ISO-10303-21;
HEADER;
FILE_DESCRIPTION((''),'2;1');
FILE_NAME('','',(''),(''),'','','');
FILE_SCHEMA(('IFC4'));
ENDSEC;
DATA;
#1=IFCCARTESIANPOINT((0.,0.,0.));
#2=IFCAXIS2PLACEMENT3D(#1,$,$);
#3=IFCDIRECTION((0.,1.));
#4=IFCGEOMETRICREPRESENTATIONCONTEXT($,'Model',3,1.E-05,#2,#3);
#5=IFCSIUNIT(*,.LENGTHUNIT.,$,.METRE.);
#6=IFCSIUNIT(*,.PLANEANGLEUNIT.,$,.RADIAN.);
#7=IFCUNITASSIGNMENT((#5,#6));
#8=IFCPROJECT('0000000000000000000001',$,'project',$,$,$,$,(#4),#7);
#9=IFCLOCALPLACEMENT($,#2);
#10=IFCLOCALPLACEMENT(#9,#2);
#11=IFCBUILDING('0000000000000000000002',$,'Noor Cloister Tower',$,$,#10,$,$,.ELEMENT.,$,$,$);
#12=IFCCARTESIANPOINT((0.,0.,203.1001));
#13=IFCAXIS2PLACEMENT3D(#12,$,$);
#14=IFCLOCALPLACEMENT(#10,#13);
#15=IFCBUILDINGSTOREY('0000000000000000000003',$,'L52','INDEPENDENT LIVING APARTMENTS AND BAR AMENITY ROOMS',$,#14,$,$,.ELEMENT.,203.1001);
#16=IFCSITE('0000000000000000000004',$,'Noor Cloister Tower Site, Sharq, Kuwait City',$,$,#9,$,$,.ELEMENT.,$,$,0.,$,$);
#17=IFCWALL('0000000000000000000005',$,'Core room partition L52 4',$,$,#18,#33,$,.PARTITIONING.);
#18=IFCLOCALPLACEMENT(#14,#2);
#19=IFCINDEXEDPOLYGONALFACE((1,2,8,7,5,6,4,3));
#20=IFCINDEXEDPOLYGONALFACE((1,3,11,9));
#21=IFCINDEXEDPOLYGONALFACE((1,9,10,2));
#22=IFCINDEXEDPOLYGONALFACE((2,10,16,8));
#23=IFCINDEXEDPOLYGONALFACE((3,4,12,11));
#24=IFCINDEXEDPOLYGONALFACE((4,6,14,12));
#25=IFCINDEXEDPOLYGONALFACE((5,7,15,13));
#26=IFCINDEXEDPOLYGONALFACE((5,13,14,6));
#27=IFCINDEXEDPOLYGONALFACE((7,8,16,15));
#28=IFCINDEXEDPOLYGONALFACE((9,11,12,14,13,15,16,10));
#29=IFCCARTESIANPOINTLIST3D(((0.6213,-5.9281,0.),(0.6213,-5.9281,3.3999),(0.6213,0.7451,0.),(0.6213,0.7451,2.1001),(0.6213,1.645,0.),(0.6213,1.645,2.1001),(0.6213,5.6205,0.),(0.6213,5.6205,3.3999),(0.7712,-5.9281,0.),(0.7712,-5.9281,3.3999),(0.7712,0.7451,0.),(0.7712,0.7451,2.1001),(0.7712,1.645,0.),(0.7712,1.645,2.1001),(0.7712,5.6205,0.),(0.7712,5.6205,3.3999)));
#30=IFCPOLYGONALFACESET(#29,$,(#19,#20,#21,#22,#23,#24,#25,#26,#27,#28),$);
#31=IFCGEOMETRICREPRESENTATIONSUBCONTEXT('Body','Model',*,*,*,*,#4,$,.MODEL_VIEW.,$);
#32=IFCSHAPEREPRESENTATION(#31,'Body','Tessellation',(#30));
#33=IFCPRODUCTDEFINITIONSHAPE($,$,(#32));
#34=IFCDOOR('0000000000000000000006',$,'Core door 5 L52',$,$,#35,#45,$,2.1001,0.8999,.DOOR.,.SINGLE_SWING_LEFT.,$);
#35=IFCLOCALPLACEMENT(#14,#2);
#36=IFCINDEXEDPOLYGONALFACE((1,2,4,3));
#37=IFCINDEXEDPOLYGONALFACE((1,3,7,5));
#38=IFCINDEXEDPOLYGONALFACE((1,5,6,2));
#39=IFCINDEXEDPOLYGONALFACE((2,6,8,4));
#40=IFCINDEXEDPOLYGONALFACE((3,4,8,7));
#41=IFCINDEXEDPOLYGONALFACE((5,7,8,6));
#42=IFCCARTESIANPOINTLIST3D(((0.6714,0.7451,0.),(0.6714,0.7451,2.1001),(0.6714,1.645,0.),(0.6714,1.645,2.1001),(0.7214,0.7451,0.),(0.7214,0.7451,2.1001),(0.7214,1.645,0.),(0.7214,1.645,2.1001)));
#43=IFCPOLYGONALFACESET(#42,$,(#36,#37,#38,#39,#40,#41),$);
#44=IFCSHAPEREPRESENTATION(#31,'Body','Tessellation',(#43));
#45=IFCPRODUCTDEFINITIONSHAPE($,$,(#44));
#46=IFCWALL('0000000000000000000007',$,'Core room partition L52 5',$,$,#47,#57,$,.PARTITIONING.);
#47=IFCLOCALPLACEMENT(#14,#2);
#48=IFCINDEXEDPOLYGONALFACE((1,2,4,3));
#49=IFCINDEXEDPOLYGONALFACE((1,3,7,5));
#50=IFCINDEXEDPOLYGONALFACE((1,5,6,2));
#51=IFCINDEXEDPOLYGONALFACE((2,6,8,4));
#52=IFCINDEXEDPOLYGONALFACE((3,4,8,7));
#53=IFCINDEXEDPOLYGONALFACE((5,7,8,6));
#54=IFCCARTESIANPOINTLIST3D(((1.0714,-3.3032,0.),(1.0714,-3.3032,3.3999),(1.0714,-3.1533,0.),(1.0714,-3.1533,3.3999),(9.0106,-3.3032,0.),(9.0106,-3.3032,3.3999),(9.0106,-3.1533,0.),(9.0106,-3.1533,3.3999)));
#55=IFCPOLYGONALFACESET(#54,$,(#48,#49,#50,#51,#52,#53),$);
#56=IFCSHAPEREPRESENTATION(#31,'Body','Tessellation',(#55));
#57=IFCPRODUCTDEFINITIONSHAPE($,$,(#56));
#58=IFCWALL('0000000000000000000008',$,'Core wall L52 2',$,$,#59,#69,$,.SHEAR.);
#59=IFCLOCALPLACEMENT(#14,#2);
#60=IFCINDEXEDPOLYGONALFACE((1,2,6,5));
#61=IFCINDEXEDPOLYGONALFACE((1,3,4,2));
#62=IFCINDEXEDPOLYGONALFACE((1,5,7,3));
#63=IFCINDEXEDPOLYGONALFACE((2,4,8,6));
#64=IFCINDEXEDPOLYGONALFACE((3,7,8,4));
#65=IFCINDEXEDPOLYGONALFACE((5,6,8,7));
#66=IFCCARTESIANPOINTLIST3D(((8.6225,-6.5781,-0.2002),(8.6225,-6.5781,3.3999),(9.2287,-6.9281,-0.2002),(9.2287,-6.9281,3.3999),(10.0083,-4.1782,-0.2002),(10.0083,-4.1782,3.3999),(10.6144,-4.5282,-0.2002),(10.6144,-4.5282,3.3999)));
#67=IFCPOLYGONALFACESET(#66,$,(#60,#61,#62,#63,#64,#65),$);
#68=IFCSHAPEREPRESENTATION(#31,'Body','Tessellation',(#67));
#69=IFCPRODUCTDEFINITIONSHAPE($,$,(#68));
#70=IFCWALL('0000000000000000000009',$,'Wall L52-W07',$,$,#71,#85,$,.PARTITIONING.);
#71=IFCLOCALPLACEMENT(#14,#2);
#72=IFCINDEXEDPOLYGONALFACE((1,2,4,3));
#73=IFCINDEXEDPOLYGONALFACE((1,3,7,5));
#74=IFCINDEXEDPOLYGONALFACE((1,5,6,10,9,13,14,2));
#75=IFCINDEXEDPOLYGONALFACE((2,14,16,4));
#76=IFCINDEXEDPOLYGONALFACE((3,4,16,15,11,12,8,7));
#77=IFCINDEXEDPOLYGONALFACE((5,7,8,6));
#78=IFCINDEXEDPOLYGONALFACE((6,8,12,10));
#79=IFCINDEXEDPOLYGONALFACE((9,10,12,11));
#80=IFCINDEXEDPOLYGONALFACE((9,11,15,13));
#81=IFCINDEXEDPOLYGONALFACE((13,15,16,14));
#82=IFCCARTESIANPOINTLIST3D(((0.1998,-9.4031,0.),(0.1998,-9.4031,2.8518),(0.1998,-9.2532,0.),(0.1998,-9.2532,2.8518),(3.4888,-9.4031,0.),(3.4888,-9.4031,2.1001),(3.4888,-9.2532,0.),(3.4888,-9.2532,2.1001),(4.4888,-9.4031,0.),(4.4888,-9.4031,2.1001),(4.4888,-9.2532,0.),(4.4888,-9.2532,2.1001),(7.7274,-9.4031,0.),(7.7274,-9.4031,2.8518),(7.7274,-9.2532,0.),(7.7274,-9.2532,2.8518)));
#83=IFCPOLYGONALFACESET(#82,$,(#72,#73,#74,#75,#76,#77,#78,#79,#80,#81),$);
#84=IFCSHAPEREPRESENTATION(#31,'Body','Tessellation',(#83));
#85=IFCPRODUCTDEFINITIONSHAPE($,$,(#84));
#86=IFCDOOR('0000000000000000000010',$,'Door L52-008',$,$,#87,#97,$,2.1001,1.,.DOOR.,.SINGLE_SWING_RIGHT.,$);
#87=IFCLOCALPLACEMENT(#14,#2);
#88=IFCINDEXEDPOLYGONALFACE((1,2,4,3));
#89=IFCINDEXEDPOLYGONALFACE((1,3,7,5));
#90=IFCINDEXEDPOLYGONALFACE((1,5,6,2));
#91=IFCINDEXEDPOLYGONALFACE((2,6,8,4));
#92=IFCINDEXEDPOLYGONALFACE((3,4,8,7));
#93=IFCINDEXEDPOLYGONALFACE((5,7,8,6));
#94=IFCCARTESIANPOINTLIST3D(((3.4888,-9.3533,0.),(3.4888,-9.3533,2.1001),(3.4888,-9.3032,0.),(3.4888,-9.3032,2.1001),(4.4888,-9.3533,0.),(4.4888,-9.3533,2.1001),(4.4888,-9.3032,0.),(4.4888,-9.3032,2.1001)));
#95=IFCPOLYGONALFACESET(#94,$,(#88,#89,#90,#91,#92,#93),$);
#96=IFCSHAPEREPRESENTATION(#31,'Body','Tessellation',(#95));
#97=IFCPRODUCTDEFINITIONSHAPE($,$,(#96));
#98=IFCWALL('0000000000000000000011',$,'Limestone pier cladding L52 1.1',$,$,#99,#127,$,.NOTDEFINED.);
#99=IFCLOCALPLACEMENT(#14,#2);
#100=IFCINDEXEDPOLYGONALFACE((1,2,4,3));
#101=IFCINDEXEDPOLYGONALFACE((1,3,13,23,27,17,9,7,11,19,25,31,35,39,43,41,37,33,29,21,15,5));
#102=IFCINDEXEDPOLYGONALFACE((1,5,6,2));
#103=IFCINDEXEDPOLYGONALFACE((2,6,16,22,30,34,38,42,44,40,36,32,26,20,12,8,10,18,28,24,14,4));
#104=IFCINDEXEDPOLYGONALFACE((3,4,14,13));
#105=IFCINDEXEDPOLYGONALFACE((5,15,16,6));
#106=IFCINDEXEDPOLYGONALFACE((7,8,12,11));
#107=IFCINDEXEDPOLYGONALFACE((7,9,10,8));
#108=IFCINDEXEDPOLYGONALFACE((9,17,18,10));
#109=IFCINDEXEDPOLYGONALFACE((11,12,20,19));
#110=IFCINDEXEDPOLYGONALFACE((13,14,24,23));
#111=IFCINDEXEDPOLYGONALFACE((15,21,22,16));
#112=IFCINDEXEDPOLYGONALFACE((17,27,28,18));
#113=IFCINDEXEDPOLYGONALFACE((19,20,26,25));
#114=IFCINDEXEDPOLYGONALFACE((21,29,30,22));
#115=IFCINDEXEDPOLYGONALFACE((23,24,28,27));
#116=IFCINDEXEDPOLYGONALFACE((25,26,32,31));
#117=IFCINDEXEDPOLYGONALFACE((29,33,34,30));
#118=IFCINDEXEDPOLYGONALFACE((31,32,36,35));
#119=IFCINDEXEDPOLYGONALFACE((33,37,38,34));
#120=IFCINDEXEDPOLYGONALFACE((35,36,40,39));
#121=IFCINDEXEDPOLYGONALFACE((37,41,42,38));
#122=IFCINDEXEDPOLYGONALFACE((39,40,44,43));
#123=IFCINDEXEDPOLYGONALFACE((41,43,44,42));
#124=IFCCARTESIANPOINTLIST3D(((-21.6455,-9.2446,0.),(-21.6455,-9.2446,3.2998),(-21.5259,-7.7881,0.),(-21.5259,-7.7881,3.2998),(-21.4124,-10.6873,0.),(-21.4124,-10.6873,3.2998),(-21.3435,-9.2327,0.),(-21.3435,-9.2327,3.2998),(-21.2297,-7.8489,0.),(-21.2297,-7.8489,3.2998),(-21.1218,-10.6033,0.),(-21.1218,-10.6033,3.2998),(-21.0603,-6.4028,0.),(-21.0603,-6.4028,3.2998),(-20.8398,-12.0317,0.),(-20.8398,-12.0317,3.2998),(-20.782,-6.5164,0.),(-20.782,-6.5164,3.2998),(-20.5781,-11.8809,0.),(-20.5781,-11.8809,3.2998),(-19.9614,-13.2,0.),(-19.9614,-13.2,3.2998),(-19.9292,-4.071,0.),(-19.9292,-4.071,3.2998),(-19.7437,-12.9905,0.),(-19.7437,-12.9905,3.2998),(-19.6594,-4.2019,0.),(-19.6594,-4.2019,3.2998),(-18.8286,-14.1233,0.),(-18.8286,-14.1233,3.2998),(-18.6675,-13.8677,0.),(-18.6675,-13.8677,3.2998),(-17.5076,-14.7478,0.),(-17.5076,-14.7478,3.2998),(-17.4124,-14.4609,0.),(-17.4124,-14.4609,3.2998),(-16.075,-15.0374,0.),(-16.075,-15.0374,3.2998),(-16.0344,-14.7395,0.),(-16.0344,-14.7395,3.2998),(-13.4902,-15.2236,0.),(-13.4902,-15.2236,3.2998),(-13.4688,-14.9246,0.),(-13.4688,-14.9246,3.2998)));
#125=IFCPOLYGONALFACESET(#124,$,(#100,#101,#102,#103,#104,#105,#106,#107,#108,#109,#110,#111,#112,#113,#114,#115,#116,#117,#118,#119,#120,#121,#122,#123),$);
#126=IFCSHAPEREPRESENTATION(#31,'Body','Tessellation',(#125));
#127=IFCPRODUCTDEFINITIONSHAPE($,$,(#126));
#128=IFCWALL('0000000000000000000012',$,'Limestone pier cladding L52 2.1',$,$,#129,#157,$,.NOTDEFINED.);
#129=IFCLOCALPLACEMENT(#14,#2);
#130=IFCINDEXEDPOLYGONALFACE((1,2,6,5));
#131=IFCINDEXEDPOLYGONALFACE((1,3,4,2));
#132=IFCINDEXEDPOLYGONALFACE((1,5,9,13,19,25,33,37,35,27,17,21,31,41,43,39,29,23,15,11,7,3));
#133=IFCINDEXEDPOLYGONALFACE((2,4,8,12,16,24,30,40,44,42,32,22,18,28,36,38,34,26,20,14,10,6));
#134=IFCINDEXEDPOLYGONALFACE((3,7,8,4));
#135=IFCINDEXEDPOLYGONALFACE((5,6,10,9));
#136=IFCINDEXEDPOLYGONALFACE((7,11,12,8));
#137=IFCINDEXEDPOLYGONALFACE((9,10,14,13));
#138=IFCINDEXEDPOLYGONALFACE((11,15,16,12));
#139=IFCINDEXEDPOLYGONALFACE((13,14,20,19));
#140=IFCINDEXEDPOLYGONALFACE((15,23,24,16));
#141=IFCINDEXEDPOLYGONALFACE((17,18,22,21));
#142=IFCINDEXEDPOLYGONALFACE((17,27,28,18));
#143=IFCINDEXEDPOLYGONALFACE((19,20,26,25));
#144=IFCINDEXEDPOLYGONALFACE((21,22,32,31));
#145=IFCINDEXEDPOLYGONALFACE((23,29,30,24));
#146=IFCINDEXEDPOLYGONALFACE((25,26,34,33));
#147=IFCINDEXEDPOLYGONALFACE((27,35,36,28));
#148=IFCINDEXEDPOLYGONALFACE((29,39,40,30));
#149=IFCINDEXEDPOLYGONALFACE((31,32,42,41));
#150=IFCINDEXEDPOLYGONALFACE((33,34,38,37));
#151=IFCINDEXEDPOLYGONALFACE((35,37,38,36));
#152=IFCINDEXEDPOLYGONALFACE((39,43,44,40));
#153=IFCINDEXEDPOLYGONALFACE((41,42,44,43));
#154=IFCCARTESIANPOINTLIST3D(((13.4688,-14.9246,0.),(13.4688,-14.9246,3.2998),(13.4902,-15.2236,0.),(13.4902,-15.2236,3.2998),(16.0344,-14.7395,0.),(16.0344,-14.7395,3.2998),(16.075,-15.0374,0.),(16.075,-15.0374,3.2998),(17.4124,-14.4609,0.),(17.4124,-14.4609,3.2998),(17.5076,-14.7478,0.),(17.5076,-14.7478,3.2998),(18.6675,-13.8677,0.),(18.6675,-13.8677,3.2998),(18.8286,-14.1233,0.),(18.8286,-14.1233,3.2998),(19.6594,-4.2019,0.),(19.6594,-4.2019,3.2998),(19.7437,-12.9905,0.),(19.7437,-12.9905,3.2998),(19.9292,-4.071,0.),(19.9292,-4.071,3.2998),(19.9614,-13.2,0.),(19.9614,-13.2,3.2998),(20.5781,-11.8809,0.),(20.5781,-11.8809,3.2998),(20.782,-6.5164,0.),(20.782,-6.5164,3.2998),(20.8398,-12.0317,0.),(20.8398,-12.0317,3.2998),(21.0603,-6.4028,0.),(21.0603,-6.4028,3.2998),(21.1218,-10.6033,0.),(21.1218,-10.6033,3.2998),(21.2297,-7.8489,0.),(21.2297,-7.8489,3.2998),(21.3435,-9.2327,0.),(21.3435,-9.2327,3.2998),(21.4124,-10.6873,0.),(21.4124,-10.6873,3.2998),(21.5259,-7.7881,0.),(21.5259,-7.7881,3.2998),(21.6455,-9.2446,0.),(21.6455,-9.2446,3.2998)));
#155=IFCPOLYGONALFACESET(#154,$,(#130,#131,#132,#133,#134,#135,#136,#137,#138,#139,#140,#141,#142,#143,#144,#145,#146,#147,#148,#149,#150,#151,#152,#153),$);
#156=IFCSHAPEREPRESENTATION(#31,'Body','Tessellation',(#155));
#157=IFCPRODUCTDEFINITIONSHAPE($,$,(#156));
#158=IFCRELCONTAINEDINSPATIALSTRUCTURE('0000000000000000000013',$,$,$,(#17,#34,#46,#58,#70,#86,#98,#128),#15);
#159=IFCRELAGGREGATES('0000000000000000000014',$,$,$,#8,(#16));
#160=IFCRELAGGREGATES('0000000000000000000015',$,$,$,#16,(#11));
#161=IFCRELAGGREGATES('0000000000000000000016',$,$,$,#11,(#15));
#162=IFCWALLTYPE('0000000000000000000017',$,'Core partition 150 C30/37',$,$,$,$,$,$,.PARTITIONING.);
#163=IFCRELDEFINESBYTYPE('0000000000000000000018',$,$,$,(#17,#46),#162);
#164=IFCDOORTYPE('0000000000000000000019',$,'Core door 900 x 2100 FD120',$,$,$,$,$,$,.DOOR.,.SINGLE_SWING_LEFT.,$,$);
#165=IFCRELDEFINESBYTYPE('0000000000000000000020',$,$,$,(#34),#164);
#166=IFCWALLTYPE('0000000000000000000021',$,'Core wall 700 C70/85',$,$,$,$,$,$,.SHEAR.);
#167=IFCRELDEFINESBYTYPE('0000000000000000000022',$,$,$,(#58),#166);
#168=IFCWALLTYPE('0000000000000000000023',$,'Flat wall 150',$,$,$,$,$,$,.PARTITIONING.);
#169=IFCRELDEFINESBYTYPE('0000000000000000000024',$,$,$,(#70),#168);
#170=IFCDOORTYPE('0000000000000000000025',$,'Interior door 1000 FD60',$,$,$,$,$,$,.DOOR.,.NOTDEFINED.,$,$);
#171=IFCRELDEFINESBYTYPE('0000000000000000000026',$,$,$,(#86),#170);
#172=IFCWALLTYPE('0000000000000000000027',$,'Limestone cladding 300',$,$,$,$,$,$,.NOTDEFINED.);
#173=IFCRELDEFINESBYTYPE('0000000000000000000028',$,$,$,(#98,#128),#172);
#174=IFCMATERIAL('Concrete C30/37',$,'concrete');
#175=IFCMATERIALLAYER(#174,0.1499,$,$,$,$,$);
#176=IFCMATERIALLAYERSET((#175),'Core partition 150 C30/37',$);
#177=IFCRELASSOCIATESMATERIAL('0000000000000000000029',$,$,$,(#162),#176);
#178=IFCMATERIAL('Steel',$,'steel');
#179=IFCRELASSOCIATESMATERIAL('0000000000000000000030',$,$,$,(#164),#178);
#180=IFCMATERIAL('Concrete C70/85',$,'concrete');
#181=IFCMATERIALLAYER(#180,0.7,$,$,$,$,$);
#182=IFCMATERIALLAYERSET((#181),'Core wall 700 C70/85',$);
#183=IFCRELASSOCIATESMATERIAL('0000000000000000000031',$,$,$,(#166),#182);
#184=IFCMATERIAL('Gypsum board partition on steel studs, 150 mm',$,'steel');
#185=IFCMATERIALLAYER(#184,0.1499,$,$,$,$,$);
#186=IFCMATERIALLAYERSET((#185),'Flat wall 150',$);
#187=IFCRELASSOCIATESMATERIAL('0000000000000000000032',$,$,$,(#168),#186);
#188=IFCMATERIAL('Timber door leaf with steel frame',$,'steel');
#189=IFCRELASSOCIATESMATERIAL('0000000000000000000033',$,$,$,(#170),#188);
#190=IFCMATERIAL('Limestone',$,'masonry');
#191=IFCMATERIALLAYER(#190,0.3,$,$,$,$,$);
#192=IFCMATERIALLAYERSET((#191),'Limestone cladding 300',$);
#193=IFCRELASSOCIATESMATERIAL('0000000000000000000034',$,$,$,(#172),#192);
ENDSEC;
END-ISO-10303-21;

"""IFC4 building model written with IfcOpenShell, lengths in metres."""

from ifc_helpers import new_model, si_unit, direction, frame, frame_2d, origin, place, context, subcontext, project, spatial, polyline, rectangle, outline, extrude, material, layer, layer_set, type_object, element, fill, save


model = new_model("IFC4")

# Units and contexts
model_context = context("Model", 3, precision=1e-05, world=origin(), true_north=direction((0.0, 1.0)))
body_context = subcontext(model_context, "Body", "Model", "MODEL_VIEW")
ifc_project = project(units=[si_unit("LENGTHUNIT", "METRE"), si_unit("PLANEANGLEUNIT", "RADIAN")], contexts=[model_context])

# Site, building, storey
site_placement = place(None, origin())
site = spatial("IfcSite", under=ifc_project, at=site_placement, Name="Noor Cloister Tower Site, Sharq, Kuwait City", CompositionType="ELEMENT", RefElevation=0.0)
building_placement = place(site_placement, origin())
building = spatial("IfcBuilding", under=site, at=building_placement, Name="Noor Cloister Tower", CompositionType="ELEMENT")
storey_placement = place(building_placement, frame((0.0, 0.0, 203.1001)))
storey = spatial("IfcBuildingStorey", under=building, at=storey_placement, Name="L52", Description="INDEPENDENT LIVING APARTMENTS AND BAR AMENITY ROOMS", CompositionType="ELEMENT", Elevation=203.1001)

# Wall, opening, door
ifc_material_1 = material(Name="Concrete C30/37", Category="concrete")
ifc_layer_1 = layer(ifc_material_1, 0.1499)
ifc_layer_set_1 = layer_set([ifc_layer_1], Name="Core partition 150 C30/37")
wall_type_1 = type_object("IfcWallType", Name="Core partition 150 C30/37", PredefinedType="PARTITIONING", material=ifc_layer_set_1)
wall_1_placement = place(storey_placement, frame((0.6963, -5.9282, 0.0), z_axis=(0.0, 0.0, 1.0), x_axis=(0.0, 1.0, 0.0)))
wall_1 = element("IfcWall", 1, at=wall_1_placement, inside=storey, type_object=wall_type_1, Name="Core room partition L52 4", PredefinedType="PARTITIONING", context=body_context, shape_type="SweptSolid", body=[
    extrude(rectangle(XDim=11.5486, YDim=0.1499, at=frame_2d((5.7744, 0.0))), origin(), (0.0, 0.0, 1.0), 3.3999),
])
opening_1_placement = place(wall_1_placement, frame((6.6733, 0.0, 0.0)))
opening_1 = element("IfcOpeningElement", 2, at=opening_1_placement, cuts=wall_1, PredefinedType="OPENING", context=body_context, shape_type="SweptSolid", body=[
    extrude(rectangle(XDim=0.8999, YDim=2.1001, at=frame_2d((0.45, 1.05))), frame((0.0, 0.085, 0.0), z_axis=(0.0, -1.0, 0.0), x_axis=(1.0, 0.0, 0.0)), (0.0, 0.0, 1.0), 0.1699),
])
ifc_material_2 = material(Name="Steel", Category="steel")
door_type_1 = type_object("IfcDoorType", Name="Core door 900 x 2100 FD120", OperationType="SINGLE_SWING_LEFT", PredefinedType="DOOR", material=ifc_material_2)
door_1_placement = place(opening_1_placement, origin())
door_1 = element("IfcDoor", 3, at=door_1_placement, inside=storey, type_object=door_type_1, Name="Core door 5 L52", OperationType="SINGLE_SWING_LEFT", OverallHeight=2.1001, OverallWidth=0.8999, PredefinedType="DOOR", context=body_context, shape_type="SweptSolid", body=[
    extrude(rectangle(XDim=0.8999, YDim=2.1001, at=frame_2d((0.45, 1.05))), frame((0.0, 0.0249, 0.0), z_axis=(0.0, -1.0, 0.0), x_axis=(1.0, 0.0, 0.0)), (0.0, 0.0, 1.0), 0.05),
])
fill(opening_1, door_1)

# Walls
wall_2_placement = place(storey_placement, frame((1.0713, -3.2283, 0.0), z_axis=(0.0, 0.0, 1.0), x_axis=(1.0, 0.0, 0.0)))
element("IfcWall", 4, at=wall_2_placement, inside=storey, type_object=wall_type_1, Name="Core room partition L52 5", PredefinedType="PARTITIONING", context=body_context, shape_type="SweptSolid", body=[
    extrude(rectangle(XDim=7.9392, YDim=0.1499, at=frame_2d((3.9697, 0.0))), origin(), (0.0, 0.0, 1.0), 3.3999),
])
ifc_material_3 = material(Name="Concrete C70/85", Category="concrete")
ifc_layer_2 = layer(ifc_material_3, 0.7)
ifc_layer_set_2 = layer_set([ifc_layer_2], Name="Core wall 700 C70/85")
wall_type_2 = type_object("IfcWallType", Name="Core wall 700 C70/85", PredefinedType="SHEAR", material=ifc_layer_set_2)
wall_3_placement = place(storey_placement, frame((8.9255, -6.7532, -0.2002), z_axis=(0.0, 0.0, 1.0), x_axis=(0.500043, 0.866001, 0.0)))
element("IfcWall", 5, at=wall_3_placement, inside=storey, type_object=wall_type_2, Name="Core wall L52 2", PredefinedType="SHEAR", context=body_context, shape_type="SweptSolid", body=[
    extrude(rectangle(XDim=2.7712, YDim=0.7, at=frame_2d((1.3857, 0.0))), origin(), (0.0, 0.0, 1.0), 3.6001),
])

# Wall, opening, door
ifc_material_4 = material(Name="Gypsum board partition on steel studs, 150 mm", Category="steel")
ifc_layer_3 = layer(ifc_material_4, 0.1499)
ifc_layer_set_3 = layer_set([ifc_layer_3], Name="Flat wall 150")
wall_type_3 = type_object("IfcWallType", Name="Flat wall 150", PredefinedType="PARTITIONING", material=ifc_layer_set_3)
wall_4_placement = place(storey_placement, frame((0.2, -9.3281, 0.0), z_axis=(0.0, 0.0, 1.0), x_axis=(1.0, 0.0, 0.0)))
wall_4 = element("IfcWall", 6, at=wall_4_placement, inside=storey, type_object=wall_type_3, Name="Wall L52-W07", PredefinedType="PARTITIONING", context=body_context, shape_type="SweptSolid", body=[
    extrude(rectangle(XDim=7.5276, YDim=0.1499, at=frame_2d((3.7637, 0.0))), origin(), (0.0, 0.0, 1.0), 2.8518),
])
opening_2_placement = place(wall_4_placement, frame((3.2888, 0.0, 0.0)))
opening_2 = element("IfcOpeningElement", 7, at=opening_2_placement, cuts=wall_4, PredefinedType="OPENING", context=body_context, shape_type="SweptSolid", body=[
    extrude(rectangle(XDim=1.0, YDim=2.1001, at=frame_2d((0.5, 1.05))), frame((0.0, 0.085, 0.0), z_axis=(0.0, -1.0, 0.0), x_axis=(1.0, 0.0, 0.0)), (0.0, 0.0, 1.0), 0.1699),
])
ifc_material_5 = material(Name="Timber door leaf with steel frame", Category="steel")
door_type_2 = type_object("IfcDoorType", Name="Interior door 1000 FD60", OperationType="NOTDEFINED", PredefinedType="DOOR", material=ifc_material_5)
door_2_placement = place(opening_2_placement, origin())
door_2 = element("IfcDoor", 8, at=door_2_placement, inside=storey, type_object=door_type_2, Name="Door L52-008", OperationType="SINGLE_SWING_RIGHT", OverallHeight=2.1001, OverallWidth=1.0, PredefinedType="DOOR", context=body_context, shape_type="SweptSolid", body=[
    extrude(rectangle(XDim=1.0, YDim=2.1001, at=frame_2d((0.5, 1.05))), frame((0.0, 0.0249, 0.0), z_axis=(0.0, -1.0, 0.0), x_axis=(1.0, 0.0, 0.0)), (0.0, 0.0, 1.0), 0.05),
])
fill(opening_2, door_2)

# Walls
ifc_material_6 = material(Name="Limestone", Category="masonry")
ifc_layer_4 = layer(ifc_material_6, 0.3)
ifc_layer_set_4 = layer_set([ifc_layer_4], Name="Limestone cladding 300")
wall_type_4 = type_object("IfcWallType", Name="Limestone cladding 300", PredefinedType="NOTDEFINED", material=ifc_layer_set_4)
wall_5_placement = place(storey_placement, origin())
element("IfcWall", 9, at=wall_5_placement, inside=storey, type_object=wall_type_4, Name="Limestone pier cladding L52 1.1", PredefinedType="NOTDEFINED", context=body_context, shape_type="SweptSolid", body=[
    extrude(outline(polyline([(-19.9292, -4.071), (-21.0603, -6.4028), (-21.5259, -7.7881), (-21.6455, -9.2446), (-21.4124, -10.6873), (-20.8398, -12.0317), (-19.9614, -13.2), (-18.8286, -14.1233), (-17.5076, -14.7478), (-16.075, -15.0374), (-13.4902, -15.2236), (-13.4688, -14.9246), (-16.0344, -14.7395), (-17.4124, -14.4609), (-18.6675, -13.8677), (-19.7437, -12.9905), (-20.5781, -11.8809), (-21.1218, -10.6033), (-21.3435, -9.2327), (-21.2297, -7.8489), (-20.782, -6.5164), (-19.6594, -4.2019), (-19.9292, -4.071)])), origin(), (0.0, 0.0, 1.0), 3.2998),
])
wall_6_placement = place(storey_placement, origin())
element("IfcWall", 10, at=wall_6_placement, inside=storey, type_object=wall_type_4, Name="Limestone pier cladding L52 2.1", PredefinedType="NOTDEFINED", context=body_context, shape_type="SweptSolid", body=[
    extrude(outline(polyline([(13.4902, -15.2236), (16.075, -15.0374), (17.5076, -14.7478), (18.8286, -14.1233), (19.9614, -13.2), (20.8398, -12.0317), (21.4124, -10.6873), (21.6455, -9.2446), (21.5259, -7.7881), (21.0603, -6.4028), (19.9292, -4.071), (19.6594, -4.2019), (20.782, -6.5164), (21.2297, -7.8489), (21.3435, -9.2327), (21.1218, -10.6033), (20.5781, -11.8809), (19.7437, -12.9905), (18.6675, -13.8677), (17.4124, -14.4609), (16.0344, -14.7395), (13.4688, -14.9246), (13.4902, -15.2236)])), origin(), (0.0, 0.0, 1.0), 3.2998),
])

save(model, "model.ifc")
